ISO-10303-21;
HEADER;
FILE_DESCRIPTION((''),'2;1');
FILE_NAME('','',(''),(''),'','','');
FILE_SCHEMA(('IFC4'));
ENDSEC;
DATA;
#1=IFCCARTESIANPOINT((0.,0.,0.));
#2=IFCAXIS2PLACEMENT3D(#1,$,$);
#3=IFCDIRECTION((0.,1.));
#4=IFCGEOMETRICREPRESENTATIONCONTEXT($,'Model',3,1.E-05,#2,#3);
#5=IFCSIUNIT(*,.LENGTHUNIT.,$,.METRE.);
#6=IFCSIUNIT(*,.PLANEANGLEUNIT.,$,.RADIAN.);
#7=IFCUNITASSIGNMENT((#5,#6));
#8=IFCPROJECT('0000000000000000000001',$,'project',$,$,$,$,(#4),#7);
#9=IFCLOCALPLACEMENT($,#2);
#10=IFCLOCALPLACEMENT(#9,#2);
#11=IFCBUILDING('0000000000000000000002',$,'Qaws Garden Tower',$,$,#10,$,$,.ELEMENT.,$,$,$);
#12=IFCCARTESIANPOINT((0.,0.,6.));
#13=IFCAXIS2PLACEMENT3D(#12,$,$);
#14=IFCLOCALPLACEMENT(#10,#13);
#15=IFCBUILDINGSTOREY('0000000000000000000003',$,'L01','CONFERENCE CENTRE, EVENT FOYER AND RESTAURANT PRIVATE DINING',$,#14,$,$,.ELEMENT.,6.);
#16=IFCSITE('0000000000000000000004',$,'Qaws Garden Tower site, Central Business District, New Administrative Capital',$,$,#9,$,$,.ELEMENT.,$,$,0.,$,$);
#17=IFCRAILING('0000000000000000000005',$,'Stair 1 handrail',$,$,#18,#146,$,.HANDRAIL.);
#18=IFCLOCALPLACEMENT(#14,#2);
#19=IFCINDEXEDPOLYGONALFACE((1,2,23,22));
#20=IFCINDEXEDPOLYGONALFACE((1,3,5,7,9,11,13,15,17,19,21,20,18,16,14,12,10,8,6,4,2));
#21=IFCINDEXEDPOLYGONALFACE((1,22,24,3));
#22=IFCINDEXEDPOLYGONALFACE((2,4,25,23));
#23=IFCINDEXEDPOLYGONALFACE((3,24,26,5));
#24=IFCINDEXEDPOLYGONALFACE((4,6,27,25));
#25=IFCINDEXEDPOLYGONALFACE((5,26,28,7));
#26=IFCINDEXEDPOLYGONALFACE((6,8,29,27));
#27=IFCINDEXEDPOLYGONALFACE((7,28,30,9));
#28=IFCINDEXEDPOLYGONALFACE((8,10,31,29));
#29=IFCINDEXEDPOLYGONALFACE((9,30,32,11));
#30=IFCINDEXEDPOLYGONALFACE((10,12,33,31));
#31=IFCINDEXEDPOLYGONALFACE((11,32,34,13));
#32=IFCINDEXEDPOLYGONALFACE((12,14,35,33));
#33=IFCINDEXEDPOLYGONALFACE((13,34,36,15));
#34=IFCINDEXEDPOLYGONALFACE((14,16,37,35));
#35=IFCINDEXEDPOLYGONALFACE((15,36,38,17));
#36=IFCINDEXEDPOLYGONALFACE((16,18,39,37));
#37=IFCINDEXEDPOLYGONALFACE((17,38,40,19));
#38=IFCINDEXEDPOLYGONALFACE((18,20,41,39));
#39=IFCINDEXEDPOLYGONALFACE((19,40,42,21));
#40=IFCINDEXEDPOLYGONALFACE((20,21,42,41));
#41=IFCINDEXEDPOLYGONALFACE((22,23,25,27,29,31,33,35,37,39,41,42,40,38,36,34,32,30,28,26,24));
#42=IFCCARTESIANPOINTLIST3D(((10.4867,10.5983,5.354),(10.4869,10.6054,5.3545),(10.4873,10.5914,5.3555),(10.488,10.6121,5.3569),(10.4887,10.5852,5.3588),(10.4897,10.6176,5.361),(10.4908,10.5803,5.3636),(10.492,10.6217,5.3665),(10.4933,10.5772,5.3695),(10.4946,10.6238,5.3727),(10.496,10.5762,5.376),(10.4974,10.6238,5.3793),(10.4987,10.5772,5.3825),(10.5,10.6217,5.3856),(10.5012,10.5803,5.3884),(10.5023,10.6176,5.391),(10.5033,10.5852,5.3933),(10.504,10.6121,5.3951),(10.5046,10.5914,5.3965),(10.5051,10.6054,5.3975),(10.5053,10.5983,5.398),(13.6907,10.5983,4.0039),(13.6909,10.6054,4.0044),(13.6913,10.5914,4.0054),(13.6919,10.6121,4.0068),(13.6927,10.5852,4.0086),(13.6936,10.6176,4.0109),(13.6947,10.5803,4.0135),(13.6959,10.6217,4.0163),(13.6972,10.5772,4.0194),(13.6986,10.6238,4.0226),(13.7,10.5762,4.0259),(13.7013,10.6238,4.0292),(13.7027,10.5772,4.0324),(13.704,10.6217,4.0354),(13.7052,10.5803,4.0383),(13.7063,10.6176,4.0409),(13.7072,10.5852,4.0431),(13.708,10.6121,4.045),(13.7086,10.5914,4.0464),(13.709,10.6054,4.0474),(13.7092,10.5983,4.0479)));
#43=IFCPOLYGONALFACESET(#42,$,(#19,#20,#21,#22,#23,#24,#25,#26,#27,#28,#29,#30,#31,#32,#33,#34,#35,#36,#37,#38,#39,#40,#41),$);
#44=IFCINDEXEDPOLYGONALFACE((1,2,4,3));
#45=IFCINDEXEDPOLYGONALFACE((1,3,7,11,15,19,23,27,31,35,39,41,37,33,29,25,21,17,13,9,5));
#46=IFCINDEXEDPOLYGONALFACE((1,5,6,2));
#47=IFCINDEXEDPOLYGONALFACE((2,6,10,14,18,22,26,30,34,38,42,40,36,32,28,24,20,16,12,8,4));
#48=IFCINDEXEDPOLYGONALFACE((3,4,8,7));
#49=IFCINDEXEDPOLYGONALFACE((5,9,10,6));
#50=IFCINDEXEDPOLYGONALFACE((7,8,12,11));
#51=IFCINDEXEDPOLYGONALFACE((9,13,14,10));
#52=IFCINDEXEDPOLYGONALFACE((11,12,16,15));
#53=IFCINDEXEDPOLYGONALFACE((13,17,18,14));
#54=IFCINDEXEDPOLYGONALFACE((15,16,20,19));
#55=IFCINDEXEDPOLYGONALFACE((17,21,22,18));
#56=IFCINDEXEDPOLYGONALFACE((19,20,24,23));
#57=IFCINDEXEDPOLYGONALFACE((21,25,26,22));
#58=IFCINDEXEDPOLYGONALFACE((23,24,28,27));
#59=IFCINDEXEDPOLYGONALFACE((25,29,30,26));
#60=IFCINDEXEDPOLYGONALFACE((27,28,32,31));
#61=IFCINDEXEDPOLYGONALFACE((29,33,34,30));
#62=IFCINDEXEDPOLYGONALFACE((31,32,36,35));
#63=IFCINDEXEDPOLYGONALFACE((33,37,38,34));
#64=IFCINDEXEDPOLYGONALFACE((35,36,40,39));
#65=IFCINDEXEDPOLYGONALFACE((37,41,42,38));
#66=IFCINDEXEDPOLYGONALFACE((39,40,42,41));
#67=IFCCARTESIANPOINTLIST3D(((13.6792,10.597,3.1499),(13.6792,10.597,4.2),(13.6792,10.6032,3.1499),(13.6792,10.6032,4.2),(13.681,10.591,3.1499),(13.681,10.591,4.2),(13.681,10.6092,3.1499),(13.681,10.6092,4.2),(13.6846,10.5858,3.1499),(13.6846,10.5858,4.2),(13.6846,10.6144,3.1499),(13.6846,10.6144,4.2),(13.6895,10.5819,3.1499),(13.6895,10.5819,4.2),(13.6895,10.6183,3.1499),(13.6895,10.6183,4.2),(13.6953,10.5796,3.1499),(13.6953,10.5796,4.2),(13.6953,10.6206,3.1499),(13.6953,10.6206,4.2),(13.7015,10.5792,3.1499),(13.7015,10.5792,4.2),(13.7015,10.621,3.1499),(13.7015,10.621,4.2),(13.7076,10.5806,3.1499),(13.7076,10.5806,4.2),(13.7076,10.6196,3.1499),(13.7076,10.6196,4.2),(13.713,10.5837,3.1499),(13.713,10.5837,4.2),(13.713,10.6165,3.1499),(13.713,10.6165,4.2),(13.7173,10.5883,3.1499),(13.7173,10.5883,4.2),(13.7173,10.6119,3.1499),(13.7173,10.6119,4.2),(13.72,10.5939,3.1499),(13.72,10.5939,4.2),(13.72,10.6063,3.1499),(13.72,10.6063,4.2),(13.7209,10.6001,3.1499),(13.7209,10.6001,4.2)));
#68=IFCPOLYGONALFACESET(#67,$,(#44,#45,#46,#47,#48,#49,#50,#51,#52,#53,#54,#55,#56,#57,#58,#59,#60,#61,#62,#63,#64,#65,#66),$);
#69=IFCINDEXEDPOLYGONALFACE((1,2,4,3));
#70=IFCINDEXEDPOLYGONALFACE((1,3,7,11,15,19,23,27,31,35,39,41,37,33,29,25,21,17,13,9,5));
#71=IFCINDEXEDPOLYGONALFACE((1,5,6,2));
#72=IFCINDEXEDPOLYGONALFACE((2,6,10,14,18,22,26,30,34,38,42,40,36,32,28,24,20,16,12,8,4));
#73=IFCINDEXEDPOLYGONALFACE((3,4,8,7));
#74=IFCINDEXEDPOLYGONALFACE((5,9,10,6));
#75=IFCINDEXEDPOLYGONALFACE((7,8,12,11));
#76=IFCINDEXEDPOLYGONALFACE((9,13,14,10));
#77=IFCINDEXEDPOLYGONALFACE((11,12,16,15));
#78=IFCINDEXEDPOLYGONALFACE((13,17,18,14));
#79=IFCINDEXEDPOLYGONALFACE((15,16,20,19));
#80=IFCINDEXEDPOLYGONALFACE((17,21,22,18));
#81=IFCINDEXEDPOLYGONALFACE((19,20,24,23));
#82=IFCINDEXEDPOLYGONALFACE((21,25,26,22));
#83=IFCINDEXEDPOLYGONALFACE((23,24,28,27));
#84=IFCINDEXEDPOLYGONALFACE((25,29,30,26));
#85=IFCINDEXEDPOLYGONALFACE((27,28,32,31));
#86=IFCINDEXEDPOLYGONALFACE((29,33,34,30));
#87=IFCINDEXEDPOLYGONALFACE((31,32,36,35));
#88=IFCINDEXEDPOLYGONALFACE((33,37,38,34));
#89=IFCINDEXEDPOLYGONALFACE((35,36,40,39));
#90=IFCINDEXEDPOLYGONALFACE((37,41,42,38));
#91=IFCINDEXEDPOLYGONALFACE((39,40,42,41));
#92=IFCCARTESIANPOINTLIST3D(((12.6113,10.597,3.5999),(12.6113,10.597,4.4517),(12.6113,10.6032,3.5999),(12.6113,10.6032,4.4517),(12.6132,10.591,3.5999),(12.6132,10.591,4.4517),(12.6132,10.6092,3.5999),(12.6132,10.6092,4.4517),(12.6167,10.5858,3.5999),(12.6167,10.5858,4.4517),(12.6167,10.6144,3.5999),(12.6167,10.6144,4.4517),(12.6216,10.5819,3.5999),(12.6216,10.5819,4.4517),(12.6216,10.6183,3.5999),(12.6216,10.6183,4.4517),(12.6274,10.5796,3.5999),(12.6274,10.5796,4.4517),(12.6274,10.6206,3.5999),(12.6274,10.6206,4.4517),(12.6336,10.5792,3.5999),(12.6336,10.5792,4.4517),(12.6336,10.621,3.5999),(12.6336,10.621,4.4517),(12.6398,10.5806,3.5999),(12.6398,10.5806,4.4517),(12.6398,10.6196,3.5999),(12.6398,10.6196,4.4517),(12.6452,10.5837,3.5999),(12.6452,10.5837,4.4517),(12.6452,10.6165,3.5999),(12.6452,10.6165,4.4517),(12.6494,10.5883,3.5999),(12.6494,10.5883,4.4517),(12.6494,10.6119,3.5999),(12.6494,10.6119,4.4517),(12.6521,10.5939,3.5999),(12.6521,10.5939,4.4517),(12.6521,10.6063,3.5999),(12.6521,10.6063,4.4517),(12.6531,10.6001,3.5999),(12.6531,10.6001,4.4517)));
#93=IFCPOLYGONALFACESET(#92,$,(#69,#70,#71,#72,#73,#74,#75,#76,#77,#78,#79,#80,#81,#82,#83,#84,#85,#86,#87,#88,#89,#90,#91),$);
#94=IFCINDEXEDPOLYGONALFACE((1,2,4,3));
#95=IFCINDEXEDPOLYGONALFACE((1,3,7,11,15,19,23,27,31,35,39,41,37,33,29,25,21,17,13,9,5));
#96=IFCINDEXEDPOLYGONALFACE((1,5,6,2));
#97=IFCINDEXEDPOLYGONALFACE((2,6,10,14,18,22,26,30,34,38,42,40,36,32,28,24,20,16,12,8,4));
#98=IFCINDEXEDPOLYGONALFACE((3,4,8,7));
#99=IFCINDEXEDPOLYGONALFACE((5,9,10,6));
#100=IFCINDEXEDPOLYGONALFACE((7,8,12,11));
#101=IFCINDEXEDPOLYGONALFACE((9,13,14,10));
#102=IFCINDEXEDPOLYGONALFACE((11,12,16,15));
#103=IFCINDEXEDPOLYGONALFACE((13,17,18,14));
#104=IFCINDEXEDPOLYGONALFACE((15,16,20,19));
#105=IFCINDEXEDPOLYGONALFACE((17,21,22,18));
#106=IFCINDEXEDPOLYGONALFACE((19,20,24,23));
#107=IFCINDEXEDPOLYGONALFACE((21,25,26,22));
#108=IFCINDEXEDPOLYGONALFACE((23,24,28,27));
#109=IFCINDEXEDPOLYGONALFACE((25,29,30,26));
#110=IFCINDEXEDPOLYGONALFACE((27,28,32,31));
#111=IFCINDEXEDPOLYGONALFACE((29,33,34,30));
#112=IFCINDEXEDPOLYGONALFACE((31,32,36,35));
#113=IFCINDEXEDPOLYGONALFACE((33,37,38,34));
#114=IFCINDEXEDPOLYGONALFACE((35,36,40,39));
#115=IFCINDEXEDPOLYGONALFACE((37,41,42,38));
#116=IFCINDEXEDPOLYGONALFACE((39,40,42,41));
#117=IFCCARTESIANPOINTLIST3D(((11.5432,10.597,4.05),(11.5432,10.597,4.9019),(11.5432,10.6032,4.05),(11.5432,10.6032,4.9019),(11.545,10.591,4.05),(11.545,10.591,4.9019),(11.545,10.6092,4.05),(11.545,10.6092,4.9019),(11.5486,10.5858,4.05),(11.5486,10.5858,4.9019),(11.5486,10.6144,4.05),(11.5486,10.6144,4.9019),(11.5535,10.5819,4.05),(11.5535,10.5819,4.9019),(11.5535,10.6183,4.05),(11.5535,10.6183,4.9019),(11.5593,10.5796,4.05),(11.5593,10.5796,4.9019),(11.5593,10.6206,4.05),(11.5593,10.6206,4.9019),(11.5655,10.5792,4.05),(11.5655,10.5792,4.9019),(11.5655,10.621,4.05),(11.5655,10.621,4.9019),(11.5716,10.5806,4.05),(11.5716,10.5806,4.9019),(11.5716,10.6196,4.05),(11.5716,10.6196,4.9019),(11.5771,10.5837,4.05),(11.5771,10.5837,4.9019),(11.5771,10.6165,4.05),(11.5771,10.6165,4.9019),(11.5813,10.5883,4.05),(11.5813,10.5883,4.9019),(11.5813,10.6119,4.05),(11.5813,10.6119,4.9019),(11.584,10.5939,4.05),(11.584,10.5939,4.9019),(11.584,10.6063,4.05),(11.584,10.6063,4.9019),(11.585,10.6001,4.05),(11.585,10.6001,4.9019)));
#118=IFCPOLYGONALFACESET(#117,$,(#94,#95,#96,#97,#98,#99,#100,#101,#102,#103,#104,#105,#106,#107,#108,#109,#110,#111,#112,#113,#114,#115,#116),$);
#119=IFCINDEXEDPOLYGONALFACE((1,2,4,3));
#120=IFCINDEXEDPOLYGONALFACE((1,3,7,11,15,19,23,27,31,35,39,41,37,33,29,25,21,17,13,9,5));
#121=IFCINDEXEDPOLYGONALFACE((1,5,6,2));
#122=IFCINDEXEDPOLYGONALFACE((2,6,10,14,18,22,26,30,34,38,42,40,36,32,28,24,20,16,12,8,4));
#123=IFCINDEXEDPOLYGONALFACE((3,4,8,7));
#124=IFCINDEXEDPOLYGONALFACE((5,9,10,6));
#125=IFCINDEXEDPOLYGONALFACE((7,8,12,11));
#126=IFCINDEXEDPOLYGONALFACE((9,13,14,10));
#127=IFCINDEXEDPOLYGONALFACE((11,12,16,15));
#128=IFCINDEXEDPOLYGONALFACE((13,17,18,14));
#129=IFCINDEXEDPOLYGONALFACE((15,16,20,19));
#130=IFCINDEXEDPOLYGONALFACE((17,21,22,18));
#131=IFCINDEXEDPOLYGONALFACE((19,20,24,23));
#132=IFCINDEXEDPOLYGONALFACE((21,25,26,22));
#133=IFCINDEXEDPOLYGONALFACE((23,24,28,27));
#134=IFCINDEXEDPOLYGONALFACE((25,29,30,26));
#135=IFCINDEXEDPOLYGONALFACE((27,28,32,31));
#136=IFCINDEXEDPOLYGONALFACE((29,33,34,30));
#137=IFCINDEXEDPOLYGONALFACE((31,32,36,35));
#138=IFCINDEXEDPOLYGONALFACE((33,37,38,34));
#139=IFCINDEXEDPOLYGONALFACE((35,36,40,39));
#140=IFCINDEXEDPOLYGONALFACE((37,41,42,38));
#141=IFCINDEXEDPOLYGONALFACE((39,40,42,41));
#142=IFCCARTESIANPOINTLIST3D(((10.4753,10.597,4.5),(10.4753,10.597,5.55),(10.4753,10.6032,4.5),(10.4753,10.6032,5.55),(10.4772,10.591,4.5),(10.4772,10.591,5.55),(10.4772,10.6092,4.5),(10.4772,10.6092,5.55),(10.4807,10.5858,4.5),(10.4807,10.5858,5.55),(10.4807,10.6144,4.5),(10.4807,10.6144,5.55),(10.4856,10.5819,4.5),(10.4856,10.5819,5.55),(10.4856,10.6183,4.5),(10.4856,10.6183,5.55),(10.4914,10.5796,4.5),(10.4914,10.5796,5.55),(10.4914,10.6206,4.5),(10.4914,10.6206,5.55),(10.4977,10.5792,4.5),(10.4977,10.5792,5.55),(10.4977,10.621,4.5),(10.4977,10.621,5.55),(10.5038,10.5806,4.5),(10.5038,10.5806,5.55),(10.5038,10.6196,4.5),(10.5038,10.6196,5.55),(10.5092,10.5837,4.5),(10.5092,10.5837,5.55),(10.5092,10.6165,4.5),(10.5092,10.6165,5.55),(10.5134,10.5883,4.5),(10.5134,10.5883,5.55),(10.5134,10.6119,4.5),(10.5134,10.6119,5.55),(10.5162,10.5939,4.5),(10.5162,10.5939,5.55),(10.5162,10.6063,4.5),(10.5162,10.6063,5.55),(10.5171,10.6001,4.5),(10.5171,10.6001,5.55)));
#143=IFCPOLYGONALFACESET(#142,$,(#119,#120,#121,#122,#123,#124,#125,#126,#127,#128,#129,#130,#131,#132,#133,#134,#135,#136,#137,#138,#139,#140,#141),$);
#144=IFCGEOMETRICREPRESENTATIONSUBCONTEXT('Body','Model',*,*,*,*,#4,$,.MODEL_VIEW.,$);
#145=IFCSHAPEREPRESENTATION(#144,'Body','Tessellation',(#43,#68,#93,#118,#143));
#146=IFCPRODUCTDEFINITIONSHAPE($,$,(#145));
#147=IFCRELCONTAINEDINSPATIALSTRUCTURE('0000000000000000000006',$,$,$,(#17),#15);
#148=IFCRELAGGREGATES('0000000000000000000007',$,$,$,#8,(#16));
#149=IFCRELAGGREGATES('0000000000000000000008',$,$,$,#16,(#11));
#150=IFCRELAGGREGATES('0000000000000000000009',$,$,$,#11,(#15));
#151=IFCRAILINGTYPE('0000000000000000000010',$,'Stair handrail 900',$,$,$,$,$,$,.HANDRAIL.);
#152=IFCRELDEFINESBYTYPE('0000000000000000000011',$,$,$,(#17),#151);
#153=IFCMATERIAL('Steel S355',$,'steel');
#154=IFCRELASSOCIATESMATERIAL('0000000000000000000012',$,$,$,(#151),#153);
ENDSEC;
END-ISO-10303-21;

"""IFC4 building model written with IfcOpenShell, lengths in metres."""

from ifc_helpers import new_model, si_unit, direction, frame, origin, origin_2d, place, context, subcontext, project, spatial, circle, extrude, material, type_object, element, save


model = new_model("IFC4")

# Units and contexts
model_context = context("Model", 3, precision=1e-05, world=origin(), true_north=direction((0.0, 1.0)))
body_context = subcontext(model_context, "Body", "Model", "MODEL_VIEW")
ifc_project = project(units=[si_unit("LENGTHUNIT", "METRE"), si_unit("PLANEANGLEUNIT", "RADIAN")], contexts=[model_context])

# Site, building, storey
site_placement = place(None, origin())
site = spatial("IfcSite", under=ifc_project, at=site_placement, Name="Qaws Garden Tower site, Central Business District, New Administrative Capital", CompositionType="ELEMENT", RefElevation=0.0)
building_placement = place(site_placement, origin())
building = spatial("IfcBuilding", under=site, at=building_placement, Name="Qaws Garden Tower", CompositionType="ELEMENT")
storey_placement = place(building_placement, frame((0.0, 0.0, 6.0)))
storey = spatial("IfcBuildingStorey", under=building, at=storey_placement, Name="L01", Description="CONFERENCE CENTRE, EVENT FOYER AND RESTAURANT PRIVATE DINING", CompositionType="ELEMENT", Elevation=6.0)

# Railing
ifc_material_1 = material(Name="Steel S355", Category="steel")
railing_type = type_object("IfcRailingType", Name="Stair handrail 900", PredefinedType="HANDRAIL", material=ifc_material_1)
railing_1_placement = place(storey_placement, frame((13.7, 10.6001, 3.1499)))
element("IfcRailing", 1, at=railing_1_placement, inside=storey, type_object=railing_type, Name="Stair 1 handrail", PredefinedType="HANDRAIL", context=body_context, shape_type="SweptSolid", body=[
    extrude(circle(Radius=0.0239, at=origin_2d()), frame((0.0, 0.0, 0.876), z_axis=(-0.921522, 0.0, 0.388327), x_axis=(0.0, -1.0, 0.0)), (0.0, 0.0, 1.0), 3.4768),
    extrude(circle(Radius=0.021, at=origin_2d()), origin(), (0.0, 0.0, 1.0), 1.05),
    extrude(circle(Radius=0.021, at=origin_2d()), frame((-1.0679, 0.0, 0.45)), (0.0, 0.0, 1.0), 0.8518),
    extrude(circle(Radius=0.021, at=origin_2d()), frame((-2.136, 0.0, 0.9001)), (0.0, 0.0, 1.0), 0.8518),
    extrude(circle(Radius=0.021, at=origin_2d()), frame((-3.2039, 0.0, 1.3501)), (0.0, 0.0, 1.0), 1.05),
])

save(model, "model.ifc")
